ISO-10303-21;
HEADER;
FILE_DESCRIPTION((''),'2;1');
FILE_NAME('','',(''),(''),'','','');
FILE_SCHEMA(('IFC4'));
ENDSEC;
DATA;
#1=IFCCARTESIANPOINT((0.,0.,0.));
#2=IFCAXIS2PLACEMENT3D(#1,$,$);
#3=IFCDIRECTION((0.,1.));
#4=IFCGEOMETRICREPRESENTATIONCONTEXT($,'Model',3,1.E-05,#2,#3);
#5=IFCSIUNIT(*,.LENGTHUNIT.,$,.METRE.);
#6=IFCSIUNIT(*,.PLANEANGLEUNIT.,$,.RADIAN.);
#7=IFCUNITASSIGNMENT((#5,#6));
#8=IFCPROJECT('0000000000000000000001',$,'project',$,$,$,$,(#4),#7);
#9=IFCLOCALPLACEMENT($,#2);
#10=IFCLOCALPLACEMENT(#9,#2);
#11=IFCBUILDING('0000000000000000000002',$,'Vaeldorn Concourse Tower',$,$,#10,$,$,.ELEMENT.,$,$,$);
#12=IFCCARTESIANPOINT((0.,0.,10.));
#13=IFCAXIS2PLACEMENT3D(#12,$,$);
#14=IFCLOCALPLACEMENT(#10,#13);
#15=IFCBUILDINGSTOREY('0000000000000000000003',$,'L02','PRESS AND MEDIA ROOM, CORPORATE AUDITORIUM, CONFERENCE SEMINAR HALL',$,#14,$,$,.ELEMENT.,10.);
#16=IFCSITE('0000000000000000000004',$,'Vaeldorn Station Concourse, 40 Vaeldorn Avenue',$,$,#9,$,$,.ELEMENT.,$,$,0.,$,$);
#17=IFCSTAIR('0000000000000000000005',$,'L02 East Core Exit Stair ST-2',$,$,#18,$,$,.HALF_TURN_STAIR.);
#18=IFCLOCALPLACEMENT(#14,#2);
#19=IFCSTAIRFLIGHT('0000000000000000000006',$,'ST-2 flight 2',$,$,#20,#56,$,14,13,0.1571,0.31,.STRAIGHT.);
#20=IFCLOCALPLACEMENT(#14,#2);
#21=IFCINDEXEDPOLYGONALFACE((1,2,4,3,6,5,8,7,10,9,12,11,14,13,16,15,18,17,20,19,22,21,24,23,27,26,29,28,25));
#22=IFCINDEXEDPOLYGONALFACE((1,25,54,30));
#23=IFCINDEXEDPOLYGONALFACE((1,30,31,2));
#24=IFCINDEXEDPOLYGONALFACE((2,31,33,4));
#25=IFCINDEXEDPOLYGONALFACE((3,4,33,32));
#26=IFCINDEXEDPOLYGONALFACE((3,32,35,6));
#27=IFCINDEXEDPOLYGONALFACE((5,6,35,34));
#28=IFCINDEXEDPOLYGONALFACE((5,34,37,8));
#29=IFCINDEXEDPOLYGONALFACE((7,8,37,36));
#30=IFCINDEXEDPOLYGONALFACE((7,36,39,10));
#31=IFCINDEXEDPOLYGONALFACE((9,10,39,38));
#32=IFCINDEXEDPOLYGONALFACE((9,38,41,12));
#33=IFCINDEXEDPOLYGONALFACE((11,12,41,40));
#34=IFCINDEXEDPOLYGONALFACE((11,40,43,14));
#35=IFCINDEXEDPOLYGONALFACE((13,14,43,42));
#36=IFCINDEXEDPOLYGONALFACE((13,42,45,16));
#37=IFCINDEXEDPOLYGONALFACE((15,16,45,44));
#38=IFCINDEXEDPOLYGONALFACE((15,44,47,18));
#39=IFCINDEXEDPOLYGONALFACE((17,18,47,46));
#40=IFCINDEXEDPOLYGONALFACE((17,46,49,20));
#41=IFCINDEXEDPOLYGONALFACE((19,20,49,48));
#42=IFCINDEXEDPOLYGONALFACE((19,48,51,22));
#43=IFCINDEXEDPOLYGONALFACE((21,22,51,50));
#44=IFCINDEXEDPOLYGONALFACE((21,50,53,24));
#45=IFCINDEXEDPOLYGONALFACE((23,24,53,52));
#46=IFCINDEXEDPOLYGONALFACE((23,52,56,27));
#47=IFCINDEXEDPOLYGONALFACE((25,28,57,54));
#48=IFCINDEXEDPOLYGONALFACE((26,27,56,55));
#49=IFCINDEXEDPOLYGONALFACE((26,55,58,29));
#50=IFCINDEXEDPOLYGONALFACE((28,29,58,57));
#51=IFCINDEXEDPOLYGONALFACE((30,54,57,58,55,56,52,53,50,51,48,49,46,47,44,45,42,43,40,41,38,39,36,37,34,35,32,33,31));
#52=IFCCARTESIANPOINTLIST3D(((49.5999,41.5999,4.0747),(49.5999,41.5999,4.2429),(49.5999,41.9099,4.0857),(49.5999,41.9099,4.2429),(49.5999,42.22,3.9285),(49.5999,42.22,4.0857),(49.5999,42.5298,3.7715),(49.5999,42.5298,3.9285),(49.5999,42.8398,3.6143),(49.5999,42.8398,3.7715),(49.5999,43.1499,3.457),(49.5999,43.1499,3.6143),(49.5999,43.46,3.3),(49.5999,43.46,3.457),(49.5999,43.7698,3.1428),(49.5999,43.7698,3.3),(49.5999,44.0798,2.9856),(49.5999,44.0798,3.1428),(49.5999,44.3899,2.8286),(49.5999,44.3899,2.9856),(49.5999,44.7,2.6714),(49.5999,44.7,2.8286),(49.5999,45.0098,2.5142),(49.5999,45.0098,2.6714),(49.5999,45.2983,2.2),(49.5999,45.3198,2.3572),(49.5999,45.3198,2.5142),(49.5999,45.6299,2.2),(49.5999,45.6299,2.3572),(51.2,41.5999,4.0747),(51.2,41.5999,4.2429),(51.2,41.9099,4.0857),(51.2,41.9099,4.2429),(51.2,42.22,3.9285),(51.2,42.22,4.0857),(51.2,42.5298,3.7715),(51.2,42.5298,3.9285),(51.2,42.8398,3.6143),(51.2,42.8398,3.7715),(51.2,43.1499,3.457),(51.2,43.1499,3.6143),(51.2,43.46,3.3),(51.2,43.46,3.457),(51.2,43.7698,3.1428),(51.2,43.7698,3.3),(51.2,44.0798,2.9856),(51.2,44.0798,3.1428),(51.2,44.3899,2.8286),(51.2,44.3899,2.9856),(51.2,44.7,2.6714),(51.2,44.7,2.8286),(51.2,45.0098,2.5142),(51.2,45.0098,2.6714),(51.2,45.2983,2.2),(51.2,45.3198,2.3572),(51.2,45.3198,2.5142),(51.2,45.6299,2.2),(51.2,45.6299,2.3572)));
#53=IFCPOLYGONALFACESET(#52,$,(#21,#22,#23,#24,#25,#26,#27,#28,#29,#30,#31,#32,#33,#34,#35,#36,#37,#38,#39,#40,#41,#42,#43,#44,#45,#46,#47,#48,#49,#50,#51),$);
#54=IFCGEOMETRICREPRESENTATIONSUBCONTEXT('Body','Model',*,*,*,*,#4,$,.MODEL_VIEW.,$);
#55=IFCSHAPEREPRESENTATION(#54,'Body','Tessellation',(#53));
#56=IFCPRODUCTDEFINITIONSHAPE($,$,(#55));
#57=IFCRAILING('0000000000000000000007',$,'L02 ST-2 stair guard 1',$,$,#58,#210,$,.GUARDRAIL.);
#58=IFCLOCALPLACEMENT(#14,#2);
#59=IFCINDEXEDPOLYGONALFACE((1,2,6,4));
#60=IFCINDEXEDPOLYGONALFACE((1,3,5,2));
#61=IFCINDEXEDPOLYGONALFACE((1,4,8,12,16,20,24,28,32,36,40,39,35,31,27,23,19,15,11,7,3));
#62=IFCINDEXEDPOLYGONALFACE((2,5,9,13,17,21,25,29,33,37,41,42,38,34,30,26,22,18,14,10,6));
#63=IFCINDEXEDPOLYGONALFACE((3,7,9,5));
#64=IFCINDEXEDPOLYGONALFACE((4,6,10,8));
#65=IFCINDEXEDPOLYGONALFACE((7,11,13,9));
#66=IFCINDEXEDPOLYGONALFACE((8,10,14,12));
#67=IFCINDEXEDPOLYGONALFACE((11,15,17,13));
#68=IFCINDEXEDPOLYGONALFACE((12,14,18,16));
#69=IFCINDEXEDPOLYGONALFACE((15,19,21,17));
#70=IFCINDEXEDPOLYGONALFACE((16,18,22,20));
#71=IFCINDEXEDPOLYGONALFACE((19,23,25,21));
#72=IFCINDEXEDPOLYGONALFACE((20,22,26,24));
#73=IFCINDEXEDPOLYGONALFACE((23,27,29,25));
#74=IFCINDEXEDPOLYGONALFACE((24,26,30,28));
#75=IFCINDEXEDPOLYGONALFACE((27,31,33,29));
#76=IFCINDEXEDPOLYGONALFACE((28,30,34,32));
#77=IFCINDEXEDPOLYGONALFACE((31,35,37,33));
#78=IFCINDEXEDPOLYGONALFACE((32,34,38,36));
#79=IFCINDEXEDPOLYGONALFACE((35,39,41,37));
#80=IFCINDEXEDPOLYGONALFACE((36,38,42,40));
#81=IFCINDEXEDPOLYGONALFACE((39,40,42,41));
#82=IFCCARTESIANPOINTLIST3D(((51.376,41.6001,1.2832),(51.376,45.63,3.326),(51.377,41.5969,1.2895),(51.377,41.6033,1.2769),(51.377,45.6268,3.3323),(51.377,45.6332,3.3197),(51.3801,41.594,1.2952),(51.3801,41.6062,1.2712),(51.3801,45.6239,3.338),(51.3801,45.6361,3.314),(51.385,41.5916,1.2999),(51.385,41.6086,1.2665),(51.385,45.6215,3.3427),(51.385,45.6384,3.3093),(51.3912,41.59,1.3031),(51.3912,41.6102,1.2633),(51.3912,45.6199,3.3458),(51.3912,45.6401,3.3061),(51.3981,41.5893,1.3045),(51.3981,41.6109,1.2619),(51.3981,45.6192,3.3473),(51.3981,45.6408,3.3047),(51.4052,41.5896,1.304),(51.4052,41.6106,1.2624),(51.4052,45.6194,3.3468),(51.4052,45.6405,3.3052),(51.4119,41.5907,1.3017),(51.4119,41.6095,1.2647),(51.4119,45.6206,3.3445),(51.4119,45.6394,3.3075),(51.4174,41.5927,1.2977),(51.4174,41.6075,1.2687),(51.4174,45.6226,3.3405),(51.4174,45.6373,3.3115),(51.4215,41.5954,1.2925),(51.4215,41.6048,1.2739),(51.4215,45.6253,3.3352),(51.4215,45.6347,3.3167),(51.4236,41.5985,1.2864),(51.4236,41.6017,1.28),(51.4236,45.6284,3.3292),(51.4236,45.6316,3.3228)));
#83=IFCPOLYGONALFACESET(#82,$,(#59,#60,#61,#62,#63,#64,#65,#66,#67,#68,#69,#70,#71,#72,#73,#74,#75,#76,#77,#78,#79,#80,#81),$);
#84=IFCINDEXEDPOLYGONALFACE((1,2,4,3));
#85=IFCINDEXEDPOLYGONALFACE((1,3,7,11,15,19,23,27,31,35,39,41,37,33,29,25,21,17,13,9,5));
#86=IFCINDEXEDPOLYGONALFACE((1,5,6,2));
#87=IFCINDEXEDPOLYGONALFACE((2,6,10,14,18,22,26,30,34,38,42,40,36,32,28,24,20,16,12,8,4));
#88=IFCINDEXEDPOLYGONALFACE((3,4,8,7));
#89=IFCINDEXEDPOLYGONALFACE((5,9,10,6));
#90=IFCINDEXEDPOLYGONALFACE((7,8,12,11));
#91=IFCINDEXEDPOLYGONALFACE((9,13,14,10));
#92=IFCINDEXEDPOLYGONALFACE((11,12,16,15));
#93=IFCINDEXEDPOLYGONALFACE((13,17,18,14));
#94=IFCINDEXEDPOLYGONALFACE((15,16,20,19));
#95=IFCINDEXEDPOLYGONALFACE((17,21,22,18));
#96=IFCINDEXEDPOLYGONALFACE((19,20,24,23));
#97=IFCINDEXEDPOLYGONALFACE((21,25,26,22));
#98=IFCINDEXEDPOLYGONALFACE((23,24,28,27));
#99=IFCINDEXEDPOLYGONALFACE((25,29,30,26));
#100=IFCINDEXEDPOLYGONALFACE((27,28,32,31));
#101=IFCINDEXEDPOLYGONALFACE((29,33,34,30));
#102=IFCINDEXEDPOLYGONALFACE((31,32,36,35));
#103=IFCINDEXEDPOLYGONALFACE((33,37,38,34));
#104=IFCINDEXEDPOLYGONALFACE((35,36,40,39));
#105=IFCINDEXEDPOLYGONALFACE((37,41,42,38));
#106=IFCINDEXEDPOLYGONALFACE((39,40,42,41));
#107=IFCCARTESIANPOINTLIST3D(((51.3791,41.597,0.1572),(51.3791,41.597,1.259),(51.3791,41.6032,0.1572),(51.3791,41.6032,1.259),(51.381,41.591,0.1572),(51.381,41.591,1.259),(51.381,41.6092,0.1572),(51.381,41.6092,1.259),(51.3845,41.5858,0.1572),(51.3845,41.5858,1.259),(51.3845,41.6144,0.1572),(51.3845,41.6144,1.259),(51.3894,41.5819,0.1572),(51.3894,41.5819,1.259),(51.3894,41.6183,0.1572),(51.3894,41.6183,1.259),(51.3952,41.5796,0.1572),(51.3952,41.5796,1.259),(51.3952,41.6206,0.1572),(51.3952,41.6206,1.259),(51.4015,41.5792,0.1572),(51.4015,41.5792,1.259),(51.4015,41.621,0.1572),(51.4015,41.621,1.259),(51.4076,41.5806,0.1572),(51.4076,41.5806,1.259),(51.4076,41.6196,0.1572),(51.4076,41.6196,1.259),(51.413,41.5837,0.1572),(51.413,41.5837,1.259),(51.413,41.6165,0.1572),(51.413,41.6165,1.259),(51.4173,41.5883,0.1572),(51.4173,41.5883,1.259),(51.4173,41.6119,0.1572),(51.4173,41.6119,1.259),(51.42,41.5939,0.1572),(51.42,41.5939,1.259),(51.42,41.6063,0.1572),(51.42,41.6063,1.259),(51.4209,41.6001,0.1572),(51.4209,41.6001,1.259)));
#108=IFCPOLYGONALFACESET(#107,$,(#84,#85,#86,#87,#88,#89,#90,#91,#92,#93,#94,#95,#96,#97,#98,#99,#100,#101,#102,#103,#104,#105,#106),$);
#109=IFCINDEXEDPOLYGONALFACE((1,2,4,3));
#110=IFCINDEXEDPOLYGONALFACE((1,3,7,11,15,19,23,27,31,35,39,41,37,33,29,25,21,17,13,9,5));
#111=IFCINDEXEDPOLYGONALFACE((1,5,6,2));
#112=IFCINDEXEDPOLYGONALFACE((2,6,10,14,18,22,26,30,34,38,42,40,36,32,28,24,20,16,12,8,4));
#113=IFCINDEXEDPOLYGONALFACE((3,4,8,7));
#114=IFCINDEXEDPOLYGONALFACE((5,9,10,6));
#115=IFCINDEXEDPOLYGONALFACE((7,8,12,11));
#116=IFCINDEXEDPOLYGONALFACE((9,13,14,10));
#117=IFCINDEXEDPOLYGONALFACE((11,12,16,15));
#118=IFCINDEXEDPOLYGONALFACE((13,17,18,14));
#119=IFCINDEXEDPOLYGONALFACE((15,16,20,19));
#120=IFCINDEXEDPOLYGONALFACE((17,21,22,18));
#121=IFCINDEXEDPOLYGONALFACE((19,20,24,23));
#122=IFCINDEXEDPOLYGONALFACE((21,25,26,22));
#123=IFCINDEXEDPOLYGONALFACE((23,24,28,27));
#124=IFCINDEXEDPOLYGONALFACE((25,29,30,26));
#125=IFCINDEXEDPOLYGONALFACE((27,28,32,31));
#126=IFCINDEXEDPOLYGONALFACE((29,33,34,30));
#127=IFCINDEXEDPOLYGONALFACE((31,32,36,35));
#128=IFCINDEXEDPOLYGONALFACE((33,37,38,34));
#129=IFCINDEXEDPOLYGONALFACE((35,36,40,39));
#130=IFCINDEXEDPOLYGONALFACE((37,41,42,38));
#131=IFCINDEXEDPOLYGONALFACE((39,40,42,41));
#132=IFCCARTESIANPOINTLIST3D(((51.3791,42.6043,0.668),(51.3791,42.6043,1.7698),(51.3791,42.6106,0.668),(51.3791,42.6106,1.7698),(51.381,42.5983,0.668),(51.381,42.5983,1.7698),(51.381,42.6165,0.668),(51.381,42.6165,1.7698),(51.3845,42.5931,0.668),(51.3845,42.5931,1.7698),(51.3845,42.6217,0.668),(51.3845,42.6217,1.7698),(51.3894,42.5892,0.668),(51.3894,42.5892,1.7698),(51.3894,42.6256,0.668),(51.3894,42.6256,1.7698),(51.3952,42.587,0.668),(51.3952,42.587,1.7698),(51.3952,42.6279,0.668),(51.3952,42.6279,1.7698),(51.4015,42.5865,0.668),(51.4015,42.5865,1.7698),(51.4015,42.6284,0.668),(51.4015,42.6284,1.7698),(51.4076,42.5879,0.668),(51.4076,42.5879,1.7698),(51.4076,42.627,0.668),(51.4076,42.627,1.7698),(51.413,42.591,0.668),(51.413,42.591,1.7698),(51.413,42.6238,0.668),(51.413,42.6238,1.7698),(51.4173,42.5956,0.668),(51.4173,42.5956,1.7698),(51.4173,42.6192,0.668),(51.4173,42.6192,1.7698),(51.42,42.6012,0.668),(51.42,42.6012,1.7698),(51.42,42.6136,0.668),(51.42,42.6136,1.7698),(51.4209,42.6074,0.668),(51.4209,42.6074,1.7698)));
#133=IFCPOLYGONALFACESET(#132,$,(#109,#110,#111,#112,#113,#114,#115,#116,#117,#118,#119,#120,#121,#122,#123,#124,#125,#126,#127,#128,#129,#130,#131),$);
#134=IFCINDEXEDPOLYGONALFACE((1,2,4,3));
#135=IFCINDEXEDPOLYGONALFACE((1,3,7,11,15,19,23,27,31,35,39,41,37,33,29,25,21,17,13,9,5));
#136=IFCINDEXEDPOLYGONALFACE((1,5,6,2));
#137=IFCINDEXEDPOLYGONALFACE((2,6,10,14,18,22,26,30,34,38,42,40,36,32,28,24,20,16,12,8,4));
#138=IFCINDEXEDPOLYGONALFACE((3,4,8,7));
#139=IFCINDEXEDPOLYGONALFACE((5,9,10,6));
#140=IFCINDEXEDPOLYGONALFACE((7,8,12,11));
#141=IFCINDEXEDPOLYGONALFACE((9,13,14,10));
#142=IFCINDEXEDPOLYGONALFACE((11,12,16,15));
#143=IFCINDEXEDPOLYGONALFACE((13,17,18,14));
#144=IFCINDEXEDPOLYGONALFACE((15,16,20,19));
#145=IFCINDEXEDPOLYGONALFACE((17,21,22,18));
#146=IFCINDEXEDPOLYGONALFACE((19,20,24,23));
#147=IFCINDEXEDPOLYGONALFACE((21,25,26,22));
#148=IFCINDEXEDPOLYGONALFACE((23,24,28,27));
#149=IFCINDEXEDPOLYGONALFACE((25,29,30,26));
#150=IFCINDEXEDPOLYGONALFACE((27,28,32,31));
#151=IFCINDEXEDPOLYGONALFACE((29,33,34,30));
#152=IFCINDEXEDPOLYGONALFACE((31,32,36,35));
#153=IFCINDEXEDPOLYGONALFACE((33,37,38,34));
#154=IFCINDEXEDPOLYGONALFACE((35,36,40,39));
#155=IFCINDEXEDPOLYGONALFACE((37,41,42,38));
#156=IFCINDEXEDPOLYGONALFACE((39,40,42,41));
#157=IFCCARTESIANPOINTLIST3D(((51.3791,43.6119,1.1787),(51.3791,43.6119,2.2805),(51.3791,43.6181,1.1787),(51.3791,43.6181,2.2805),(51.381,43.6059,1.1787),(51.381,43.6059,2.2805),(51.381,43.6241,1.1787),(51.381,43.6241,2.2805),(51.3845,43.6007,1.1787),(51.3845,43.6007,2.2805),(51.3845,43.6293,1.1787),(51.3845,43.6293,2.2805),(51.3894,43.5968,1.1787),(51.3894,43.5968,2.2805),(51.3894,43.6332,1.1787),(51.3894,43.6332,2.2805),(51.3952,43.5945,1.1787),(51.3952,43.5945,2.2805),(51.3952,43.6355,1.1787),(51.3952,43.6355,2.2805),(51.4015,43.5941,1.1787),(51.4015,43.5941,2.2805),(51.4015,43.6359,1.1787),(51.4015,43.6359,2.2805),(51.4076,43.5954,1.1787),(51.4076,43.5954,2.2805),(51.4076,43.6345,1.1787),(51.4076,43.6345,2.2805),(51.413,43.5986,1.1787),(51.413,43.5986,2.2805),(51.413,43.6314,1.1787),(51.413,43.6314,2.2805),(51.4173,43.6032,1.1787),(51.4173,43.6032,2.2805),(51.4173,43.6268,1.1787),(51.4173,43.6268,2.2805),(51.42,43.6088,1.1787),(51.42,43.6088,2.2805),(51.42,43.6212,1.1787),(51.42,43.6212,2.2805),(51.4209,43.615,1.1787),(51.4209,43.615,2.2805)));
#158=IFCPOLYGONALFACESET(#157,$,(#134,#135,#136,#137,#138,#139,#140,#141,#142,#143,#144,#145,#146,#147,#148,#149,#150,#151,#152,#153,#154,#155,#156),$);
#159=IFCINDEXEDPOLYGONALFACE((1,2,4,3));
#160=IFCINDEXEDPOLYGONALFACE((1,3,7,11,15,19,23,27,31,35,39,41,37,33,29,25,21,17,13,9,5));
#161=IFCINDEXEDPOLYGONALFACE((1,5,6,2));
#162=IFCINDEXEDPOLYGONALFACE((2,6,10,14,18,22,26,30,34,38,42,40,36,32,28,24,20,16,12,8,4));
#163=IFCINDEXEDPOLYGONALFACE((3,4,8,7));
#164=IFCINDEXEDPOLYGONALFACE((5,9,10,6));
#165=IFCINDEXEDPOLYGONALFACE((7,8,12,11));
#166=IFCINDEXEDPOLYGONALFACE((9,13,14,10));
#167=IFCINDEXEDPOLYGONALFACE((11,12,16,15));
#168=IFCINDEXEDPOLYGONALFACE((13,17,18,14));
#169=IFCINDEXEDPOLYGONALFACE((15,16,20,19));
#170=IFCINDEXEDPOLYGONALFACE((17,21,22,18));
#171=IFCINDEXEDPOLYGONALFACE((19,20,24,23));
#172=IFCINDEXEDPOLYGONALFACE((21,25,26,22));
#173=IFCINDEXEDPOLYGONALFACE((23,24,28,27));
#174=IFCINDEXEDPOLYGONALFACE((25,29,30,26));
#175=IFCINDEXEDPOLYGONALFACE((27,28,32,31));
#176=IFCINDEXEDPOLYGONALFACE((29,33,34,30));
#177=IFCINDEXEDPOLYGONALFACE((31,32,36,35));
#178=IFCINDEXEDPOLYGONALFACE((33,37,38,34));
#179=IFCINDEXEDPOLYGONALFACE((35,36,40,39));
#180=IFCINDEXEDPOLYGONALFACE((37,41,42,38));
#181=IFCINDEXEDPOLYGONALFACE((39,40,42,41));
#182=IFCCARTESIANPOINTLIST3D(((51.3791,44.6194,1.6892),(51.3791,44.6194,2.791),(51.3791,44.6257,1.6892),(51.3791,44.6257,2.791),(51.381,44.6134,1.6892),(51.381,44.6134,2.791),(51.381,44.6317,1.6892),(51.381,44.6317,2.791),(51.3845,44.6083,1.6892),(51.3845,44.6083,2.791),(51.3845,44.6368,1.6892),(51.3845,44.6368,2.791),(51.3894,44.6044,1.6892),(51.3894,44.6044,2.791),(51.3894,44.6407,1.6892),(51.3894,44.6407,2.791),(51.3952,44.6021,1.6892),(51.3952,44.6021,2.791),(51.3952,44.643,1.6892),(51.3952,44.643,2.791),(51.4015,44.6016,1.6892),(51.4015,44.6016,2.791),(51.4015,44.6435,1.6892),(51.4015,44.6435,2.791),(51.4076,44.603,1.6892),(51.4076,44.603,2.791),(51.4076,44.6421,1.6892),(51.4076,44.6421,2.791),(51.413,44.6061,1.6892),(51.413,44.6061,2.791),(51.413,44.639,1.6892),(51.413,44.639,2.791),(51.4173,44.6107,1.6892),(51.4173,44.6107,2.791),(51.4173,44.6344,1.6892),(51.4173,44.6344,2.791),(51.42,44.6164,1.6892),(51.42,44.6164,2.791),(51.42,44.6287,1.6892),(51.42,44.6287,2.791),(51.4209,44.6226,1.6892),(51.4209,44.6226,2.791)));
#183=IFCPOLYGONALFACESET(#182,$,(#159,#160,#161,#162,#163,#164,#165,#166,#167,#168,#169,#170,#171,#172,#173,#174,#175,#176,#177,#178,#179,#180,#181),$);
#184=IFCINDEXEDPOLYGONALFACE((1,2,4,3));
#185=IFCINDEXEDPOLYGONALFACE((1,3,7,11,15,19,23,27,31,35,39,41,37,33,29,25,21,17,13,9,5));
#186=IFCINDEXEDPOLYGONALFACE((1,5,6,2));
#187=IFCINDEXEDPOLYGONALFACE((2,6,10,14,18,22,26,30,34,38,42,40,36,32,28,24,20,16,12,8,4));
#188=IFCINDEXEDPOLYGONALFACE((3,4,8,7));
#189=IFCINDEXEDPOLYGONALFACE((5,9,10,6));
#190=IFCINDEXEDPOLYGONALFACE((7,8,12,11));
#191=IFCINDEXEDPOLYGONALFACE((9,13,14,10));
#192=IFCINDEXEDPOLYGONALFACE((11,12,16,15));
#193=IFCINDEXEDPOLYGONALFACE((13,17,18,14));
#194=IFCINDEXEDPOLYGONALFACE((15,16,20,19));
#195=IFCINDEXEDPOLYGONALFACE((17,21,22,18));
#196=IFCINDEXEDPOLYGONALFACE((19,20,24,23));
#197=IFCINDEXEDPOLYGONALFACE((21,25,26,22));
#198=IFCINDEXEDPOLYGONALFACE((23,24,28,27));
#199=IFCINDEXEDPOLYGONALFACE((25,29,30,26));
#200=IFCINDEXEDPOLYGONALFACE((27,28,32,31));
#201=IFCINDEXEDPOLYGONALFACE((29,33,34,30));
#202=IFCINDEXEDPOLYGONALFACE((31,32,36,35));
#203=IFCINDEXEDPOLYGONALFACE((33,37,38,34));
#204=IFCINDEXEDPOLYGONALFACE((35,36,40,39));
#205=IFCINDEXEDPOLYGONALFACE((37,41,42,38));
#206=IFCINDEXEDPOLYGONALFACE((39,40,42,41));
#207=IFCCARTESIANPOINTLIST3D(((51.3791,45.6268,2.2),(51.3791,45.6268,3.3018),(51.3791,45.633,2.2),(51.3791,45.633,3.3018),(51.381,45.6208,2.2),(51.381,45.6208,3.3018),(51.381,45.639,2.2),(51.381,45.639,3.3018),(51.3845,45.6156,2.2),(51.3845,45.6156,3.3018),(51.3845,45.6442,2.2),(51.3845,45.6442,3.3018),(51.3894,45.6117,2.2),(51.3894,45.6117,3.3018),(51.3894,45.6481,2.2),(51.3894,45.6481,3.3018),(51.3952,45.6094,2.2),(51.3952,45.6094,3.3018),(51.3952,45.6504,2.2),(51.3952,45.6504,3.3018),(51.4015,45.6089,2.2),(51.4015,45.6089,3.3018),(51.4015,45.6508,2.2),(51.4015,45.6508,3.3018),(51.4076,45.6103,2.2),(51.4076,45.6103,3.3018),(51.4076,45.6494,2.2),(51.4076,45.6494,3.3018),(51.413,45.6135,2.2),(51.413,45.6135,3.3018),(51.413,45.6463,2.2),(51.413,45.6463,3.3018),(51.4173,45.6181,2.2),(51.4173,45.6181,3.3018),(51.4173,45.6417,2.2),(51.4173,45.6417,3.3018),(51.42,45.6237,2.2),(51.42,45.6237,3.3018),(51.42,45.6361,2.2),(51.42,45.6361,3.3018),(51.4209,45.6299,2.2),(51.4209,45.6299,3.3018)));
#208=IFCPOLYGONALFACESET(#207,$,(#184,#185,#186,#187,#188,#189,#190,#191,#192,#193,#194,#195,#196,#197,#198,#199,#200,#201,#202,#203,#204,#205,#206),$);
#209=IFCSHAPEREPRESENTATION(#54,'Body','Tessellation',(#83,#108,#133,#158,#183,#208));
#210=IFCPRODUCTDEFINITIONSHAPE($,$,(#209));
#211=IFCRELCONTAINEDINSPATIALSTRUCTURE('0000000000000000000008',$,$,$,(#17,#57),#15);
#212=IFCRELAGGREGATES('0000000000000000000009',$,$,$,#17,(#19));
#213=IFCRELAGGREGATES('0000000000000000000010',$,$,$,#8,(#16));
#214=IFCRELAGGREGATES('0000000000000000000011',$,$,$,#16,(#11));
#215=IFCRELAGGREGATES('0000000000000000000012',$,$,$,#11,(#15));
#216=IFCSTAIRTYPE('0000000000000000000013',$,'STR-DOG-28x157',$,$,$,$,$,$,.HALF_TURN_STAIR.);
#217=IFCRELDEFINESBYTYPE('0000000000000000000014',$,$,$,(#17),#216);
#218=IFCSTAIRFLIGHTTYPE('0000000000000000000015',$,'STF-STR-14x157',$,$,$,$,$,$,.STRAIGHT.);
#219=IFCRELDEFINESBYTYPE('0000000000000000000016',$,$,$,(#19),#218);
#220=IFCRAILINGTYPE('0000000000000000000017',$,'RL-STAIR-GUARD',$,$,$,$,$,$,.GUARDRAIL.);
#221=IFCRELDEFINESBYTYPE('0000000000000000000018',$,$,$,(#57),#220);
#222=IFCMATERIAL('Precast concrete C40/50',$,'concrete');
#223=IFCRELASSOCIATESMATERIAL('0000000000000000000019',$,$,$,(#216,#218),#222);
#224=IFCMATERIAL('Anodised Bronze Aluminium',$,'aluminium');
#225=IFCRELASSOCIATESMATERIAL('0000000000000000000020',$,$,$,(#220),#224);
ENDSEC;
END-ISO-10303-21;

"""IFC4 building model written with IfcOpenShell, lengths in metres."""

from ifc_helpers import new_model, si_unit, direction, frame, origin, origin_2d, place, context, subcontext, project, spatial, polyline, circle, outline, extrude, material, type_object, element, aggregate, save


model = new_model("IFC4")

# Units and contexts
model_context = context("Model", 3, precision=1e-05, world=origin(), true_north=direction((0.0, 1.0)))
body_context = subcontext(model_context, "Body", "Model", "MODEL_VIEW")
ifc_project = project(units=[si_unit("LENGTHUNIT", "METRE"), si_unit("PLANEANGLEUNIT", "RADIAN")], contexts=[model_context])

# Site, building, storey
site_placement = place(None, origin())
site = spatial("IfcSite", under=ifc_project, at=site_placement, Name="Vaeldorn Station Concourse, 40 Vaeldorn Avenue", CompositionType="ELEMENT", RefElevation=0.0)
building_placement = place(site_placement, origin())
building = spatial("IfcBuilding", under=site, at=building_placement, Name="Vaeldorn Concourse Tower", CompositionType="ELEMENT")
storey_placement = place(building_placement, frame((0.0, 0.0, 10.0)))
storey = spatial("IfcBuildingStorey", under=building, at=storey_placement, Name="L02", Description="PRESS AND MEDIA ROOM, CORPORATE AUDITORIUM, CONFERENCE SEMINAR HALL", CompositionType="ELEMENT", Elevation=10.0)

# Shared definitions
ifc_material_1 = material(Name="Anodised Bronze Aluminium", Category="aluminium")

# Stair, stair flight
ifc_material_2 = material(Name="Precast concrete C40/50", Category="concrete")
stair_type = type_object("IfcStairType", Name="STR-DOG-28x157", PredefinedType="HALF_TURN_STAIR", material=ifc_material_2)
stair_placement = place(storey_placement, origin())
stair = element("IfcStair", 1, at=stair_placement, inside=storey, type_object=stair_type, Name="L02 East Core Exit Stair ST-2", PredefinedType="HALF_TURN_STAIR")
stair_flight_type = type_object("IfcStairFlightType", Name="STF-STR-14x157", PredefinedType="STRAIGHT", material=ifc_material_2)
stair_flight_1_placement = place(storey_placement, frame((50.3999, 45.6299, 2.2), z_axis=(0.0, 0.0, 1.0), x_axis=(0.0, -1.0, 0.0)))
stair_flight_1 = element("IfcStairFlight", 2, at=stair_flight_1_placement, type_object=stair_flight_type, Name="ST-2 flight 2", NumberOfRisers=14, NumberOfTreads=13, PredefinedType="STRAIGHT", RiserHeight=0.1571, TreadLength=0.31, context=body_context, shape_type="SweptSolid", body=[
    extrude(outline(polyline([(0.0, 0.0), (0.0, 0.1572), (0.3101, 0.1572), (0.3101, 0.3142), (0.6201, 0.3142), (0.6201, 0.4714), (0.9299, 0.4714), (0.9299, 0.6287), (1.24, 0.6287), (1.24, 0.7856), (1.55, 0.7856), (1.55, 0.9429), (1.8601, 0.9429), (1.8601, 1.1001), (2.1699, 1.1001), (2.1699, 1.2571), (2.48, 1.2571), (2.48, 1.4143), (2.79, 1.4143), (2.79, 1.5715), (3.1001, 1.5715), (3.1001, 1.7285), (3.4099, 1.7285), (3.4099, 1.8857), (3.72, 1.8857), (3.72, 2.043), (4.03, 2.043), (4.03, 2.2), (4.03, 1.8748), (0.3315, 0.0), (0.0, 0.0)])), frame((0.0, 0.8, 0.0), z_axis=(0.0, -1.0, 0.0), x_axis=(1.0, 0.0, 0.0)), (0.0, 0.0, 1.0), 1.6001),
])
aggregate(stair, [stair_flight_1])

# Railing
railing_type_1 = type_object("IfcRailingType", Name="RL-STAIR-GUARD", PredefinedType="GUARDRAIL", material=ifc_material_1)
railing_1_placement = place(storey_placement, frame((51.3999, 41.6001, 0.1572)))
element("IfcRailing", 3, at=railing_1_placement, inside=storey, type_object=railing_type_1, Name="L02 ST-2 stair guard 1", PredefinedType="GUARDRAIL", context=body_context, shape_type="SweptSolid", body=[
    extrude(circle(Radius=0.0239, at=origin_2d()), frame((0.0, 0.0, 1.126), z_axis=(0.0, 0.891949, 0.452135), x_axis=(-1.0, 0.0, 0.0)), (0.0, 0.0, 1.0), 4.5181),
    extrude(circle(Radius=0.021, at=origin_2d()), origin(), (0.0, 0.0, 1.0), 1.1018),
    extrude(circle(Radius=0.021, at=origin_2d()), frame((0.0, 1.0073, 0.5107)), (0.0, 0.0, 1.0), 1.1018),
    extrude(circle(Radius=0.021, at=origin_2d()), frame((0.0, 2.0149, 1.0215)), (0.0, 0.0, 1.0), 1.1018),
    extrude(circle(Radius=0.021, at=origin_2d()), frame((0.0, 3.0225, 1.532)), (0.0, 0.0, 1.0), 1.1018),
    extrude(circle(Radius=0.021, at=origin_2d()), frame((0.0, 4.0298, 2.0427)), (0.0, 0.0, 1.0), 1.1018),
])

save(model, "model.ifc")
